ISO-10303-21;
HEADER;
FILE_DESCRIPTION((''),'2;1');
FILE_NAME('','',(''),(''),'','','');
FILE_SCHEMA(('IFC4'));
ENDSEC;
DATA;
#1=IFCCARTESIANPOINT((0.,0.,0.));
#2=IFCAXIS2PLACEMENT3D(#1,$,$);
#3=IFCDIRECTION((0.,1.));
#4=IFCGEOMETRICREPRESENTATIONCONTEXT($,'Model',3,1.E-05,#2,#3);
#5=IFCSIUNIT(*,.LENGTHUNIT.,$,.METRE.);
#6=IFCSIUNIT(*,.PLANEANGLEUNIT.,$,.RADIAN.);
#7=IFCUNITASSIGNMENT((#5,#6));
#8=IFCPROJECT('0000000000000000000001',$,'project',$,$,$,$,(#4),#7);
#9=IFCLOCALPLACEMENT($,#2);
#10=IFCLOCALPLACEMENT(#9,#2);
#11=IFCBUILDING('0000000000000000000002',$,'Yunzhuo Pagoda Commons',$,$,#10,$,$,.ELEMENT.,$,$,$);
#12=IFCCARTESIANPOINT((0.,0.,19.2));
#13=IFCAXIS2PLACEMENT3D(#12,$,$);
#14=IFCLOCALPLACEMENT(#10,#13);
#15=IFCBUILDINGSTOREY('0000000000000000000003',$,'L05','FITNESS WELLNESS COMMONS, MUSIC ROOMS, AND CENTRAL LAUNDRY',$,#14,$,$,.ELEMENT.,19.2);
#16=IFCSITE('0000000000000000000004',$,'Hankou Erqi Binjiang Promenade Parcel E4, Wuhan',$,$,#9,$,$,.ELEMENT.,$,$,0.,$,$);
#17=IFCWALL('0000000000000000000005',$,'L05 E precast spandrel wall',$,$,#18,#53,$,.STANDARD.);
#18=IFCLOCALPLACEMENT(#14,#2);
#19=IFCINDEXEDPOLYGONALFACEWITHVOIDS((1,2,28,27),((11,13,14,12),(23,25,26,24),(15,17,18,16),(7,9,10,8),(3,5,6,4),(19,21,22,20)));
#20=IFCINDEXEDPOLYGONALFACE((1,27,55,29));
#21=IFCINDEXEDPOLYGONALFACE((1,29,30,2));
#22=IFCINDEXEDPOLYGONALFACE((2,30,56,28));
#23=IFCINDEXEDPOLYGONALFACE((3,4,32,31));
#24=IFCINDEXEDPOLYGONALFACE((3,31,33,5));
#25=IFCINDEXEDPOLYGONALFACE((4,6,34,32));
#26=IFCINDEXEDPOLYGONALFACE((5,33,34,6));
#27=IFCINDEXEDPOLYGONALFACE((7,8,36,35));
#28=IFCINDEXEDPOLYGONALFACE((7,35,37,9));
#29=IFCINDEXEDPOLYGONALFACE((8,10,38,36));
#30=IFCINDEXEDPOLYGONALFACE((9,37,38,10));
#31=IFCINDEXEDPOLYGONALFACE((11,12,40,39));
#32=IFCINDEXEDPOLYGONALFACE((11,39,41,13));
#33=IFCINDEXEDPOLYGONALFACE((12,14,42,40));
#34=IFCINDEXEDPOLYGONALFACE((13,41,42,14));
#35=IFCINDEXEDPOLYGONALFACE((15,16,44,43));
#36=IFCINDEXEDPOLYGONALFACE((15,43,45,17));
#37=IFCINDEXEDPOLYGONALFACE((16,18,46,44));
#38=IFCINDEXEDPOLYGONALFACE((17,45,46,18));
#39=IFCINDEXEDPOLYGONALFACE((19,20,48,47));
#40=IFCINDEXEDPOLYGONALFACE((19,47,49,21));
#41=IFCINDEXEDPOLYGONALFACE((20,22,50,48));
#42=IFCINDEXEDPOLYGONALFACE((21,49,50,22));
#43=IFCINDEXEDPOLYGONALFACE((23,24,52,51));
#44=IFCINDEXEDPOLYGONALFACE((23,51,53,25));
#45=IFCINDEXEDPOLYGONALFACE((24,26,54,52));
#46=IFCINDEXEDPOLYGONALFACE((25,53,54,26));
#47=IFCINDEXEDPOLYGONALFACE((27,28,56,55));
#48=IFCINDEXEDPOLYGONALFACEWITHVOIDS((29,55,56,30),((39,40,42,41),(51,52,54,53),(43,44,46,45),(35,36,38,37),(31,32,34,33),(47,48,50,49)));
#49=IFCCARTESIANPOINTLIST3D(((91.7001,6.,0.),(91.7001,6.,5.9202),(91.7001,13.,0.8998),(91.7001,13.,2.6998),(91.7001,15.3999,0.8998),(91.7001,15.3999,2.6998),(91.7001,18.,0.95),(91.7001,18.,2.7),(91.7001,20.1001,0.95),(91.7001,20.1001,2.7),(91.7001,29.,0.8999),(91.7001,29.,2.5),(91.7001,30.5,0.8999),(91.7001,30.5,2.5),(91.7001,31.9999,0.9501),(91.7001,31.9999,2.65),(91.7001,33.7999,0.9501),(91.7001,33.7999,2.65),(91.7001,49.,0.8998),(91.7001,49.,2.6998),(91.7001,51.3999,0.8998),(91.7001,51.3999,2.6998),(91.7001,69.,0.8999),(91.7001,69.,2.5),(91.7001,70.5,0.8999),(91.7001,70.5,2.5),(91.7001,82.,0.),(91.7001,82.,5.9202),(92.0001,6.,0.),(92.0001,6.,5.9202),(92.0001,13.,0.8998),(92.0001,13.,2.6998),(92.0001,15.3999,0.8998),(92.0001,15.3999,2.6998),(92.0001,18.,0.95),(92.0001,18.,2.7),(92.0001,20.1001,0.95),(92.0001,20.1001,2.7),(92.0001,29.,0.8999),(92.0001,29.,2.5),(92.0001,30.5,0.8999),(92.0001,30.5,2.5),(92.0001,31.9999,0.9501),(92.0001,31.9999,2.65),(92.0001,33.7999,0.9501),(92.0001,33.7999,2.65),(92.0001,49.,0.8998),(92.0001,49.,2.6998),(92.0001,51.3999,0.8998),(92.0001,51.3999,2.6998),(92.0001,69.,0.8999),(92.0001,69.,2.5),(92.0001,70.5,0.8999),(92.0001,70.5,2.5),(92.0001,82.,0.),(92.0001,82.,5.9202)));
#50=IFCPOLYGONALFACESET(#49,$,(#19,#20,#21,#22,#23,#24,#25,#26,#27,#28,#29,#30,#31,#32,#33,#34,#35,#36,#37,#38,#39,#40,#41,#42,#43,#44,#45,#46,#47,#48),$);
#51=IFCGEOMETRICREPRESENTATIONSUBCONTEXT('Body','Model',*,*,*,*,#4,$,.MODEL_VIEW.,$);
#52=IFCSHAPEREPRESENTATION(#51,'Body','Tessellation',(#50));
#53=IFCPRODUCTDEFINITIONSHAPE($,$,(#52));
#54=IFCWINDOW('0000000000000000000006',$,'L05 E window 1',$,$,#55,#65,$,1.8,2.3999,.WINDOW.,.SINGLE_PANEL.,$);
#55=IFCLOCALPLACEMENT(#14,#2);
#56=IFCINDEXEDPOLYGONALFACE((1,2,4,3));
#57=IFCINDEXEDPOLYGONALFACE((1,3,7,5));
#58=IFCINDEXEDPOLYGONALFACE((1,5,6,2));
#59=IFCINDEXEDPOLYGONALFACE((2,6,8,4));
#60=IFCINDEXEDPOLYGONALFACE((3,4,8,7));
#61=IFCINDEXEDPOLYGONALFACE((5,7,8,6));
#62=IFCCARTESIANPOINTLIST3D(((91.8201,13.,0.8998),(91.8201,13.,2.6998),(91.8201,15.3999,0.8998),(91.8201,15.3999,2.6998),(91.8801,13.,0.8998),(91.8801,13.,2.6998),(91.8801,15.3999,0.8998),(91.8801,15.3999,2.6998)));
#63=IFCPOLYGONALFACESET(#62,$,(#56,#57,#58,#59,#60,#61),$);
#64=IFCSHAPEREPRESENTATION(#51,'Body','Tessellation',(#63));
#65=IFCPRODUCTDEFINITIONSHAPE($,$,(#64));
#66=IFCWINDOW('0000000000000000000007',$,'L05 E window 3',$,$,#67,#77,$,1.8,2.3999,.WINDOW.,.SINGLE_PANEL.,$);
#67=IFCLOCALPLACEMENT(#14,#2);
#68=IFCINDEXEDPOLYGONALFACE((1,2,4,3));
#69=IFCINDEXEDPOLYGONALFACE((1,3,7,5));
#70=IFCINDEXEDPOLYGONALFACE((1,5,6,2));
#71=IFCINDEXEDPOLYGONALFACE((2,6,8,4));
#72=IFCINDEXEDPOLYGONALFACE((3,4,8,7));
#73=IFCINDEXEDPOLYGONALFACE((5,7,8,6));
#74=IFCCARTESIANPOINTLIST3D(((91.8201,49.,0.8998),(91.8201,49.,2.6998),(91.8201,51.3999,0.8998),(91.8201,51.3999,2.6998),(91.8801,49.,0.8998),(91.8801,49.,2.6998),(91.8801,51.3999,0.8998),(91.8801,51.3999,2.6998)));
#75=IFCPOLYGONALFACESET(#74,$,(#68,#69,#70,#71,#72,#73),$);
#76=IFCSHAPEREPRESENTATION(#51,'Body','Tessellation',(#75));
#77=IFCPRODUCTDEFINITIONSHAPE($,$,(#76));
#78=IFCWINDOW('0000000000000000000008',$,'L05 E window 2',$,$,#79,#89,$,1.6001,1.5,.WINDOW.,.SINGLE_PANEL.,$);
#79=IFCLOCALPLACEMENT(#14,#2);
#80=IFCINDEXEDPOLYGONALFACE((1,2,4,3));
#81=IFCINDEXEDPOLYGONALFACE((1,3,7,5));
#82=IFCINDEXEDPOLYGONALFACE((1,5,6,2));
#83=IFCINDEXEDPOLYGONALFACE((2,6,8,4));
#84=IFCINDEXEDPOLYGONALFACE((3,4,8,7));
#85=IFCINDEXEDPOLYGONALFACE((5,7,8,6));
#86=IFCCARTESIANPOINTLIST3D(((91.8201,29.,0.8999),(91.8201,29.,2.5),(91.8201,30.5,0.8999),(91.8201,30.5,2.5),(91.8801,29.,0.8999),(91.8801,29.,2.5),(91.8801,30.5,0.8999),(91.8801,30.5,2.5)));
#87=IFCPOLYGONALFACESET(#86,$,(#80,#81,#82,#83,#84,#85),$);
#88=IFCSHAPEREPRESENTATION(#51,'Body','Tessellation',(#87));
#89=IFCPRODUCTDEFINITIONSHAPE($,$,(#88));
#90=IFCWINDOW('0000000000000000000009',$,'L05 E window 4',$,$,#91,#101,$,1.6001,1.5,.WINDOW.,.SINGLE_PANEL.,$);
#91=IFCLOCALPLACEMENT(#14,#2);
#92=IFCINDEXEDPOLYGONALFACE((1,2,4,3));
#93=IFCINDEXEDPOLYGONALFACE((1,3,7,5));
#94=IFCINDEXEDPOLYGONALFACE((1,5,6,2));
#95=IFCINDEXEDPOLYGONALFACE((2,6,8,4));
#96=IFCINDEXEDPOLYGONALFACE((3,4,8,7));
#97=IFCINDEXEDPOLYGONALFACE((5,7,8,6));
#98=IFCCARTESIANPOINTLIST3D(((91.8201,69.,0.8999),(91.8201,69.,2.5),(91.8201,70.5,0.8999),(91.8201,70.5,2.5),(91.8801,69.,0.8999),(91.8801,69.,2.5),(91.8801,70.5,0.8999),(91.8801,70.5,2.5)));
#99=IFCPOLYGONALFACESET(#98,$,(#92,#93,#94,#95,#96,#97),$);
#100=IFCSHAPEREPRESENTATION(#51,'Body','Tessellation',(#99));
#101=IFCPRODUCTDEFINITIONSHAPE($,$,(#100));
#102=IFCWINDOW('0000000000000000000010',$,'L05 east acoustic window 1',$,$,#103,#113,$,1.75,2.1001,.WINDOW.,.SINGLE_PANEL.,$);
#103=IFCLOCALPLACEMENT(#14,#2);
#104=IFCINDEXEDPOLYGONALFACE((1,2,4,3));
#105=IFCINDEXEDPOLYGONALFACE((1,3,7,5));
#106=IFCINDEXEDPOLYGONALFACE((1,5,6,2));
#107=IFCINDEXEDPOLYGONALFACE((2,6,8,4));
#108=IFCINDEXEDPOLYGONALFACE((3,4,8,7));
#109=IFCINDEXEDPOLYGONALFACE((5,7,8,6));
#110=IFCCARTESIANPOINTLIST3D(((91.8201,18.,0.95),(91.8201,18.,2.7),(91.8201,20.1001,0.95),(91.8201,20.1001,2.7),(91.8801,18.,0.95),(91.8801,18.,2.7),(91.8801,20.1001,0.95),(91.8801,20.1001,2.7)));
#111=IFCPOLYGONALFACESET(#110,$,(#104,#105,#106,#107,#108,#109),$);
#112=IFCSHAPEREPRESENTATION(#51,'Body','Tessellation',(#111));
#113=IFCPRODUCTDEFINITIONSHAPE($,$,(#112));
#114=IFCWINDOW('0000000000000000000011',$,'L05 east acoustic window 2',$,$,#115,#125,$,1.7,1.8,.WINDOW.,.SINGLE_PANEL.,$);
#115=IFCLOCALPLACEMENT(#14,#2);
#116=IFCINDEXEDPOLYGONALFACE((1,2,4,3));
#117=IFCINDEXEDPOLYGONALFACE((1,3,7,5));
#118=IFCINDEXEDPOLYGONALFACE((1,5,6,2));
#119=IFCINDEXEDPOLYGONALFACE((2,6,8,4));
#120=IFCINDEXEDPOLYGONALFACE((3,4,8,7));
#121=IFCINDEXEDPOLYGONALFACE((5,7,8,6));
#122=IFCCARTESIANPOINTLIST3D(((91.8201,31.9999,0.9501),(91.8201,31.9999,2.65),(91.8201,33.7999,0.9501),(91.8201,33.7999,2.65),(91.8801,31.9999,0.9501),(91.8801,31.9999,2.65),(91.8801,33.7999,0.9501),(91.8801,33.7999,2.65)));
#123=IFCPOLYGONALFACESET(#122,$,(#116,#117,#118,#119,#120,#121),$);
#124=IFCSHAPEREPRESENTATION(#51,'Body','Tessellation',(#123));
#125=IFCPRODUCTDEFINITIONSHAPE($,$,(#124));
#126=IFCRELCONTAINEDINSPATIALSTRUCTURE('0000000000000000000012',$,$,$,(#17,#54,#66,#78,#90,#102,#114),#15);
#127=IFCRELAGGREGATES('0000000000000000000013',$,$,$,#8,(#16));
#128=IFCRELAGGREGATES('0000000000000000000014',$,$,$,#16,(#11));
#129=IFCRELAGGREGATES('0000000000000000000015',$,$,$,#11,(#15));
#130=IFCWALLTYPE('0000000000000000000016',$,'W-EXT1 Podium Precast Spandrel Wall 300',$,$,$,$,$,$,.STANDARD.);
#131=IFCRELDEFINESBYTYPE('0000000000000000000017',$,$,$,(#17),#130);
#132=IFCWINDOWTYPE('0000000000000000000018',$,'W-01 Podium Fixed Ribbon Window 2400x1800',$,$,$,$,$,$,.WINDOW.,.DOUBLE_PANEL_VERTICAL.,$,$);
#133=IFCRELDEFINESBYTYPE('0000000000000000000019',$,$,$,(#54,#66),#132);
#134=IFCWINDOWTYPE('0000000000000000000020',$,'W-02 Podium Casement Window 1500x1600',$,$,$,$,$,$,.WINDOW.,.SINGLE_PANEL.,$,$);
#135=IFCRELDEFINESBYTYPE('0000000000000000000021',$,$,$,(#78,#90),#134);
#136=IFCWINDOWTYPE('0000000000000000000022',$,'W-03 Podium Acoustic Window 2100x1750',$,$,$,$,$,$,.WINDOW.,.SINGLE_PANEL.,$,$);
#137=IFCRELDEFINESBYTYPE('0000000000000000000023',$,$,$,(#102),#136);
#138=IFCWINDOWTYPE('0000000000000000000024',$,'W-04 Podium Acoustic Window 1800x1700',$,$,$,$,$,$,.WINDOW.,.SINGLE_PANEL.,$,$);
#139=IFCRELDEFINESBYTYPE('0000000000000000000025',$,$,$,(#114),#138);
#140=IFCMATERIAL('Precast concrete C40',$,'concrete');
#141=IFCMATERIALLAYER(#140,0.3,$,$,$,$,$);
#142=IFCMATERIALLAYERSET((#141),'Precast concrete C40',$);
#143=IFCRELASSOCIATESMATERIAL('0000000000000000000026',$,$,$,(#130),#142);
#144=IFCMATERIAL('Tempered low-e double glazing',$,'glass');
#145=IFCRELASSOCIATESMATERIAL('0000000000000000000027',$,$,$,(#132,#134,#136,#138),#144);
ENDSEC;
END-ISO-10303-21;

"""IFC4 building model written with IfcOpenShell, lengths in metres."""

from ifc_helpers import new_model, si_unit, direction, frame, frame_2d, origin, origin_with_axes, place, context, subcontext, project, spatial, rectangle, extrude, source, transform, mapped, material, layer, layer_set, type_object, element, fill, save


model = new_model("IFC4")

# Units and contexts
model_context = context("Model", 3, precision=1e-05, world=origin(), true_north=direction((0.0, 1.0)))
body_context = subcontext(model_context, "Body", "Model", "MODEL_VIEW")
ifc_project = project(units=[si_unit("LENGTHUNIT", "METRE"), si_unit("PLANEANGLEUNIT", "RADIAN")], contexts=[model_context])

# Site, building, storey
site_placement = place(None, origin())
site = spatial("IfcSite", under=ifc_project, at=site_placement, Name="Hankou Erqi Binjiang Promenade Parcel E4, Wuhan", CompositionType="ELEMENT", RefElevation=0.0)
building_placement = place(site_placement, origin())
building = spatial("IfcBuilding", under=site, at=building_placement, Name="Yunzhuo Pagoda Commons", CompositionType="ELEMENT")
storey_placement = place(building_placement, frame((0.0, 0.0, 19.2)))
storey = spatial("IfcBuildingStorey", under=building, at=storey_placement, Name="L05", Description="FITNESS WELLNESS COMMONS, MUSIC ROOMS, AND CENTRAL LAUNDRY", CompositionType="ELEMENT", Elevation=19.2)

# Shared definitions
ifc_material_1 = material(Name="Tempered low-e double glazing", Category="glass")

# Wall, openings, windows
ifc_material_2 = material(Name="Precast concrete C40", Category="concrete")
ifc_layer_1 = layer(ifc_material_2, 0.3)
ifc_layer_set_1 = layer_set([ifc_layer_1], Name="Precast concrete C40")
wall_type = type_object("IfcWallType", Name="W-EXT1 Podium Precast Spandrel Wall 300", PredefinedType="STANDARD", material=ifc_layer_set_1)
wall_placement = place(storey_placement, frame((91.8501, 6.0, 0.0), z_axis=(0.0, 0.0, 1.0), x_axis=(0.0, 1.0, 0.0)))
wall = element("IfcWall", 1, at=wall_placement, inside=storey, type_object=wall_type, Name="L05 E precast spandrel wall", PredefinedType="STANDARD", context=body_context, shape_type="SweptSolid", body=[
    extrude(rectangle(XDim=76.0, YDim=0.3, at=frame_2d((38.0, 0.0))), origin(), (0.0, 0.0, 1.0), 5.9202),
])
opening_1_placement = place(wall_placement, frame((7.0, 0.0, 0.8999)))
opening_1 = element("IfcOpeningElement", 2, at=opening_1_placement, cuts=wall, PredefinedType="OPENING", context=body_context, shape_type="SweptSolid", body=[
    extrude(rectangle(XDim=2.3999, YDim=1.8, at=frame_2d((1.2, 0.8999))), frame((0.0, 0.1602, 0.0), z_axis=(0.0, -1.0, 0.0), x_axis=(1.0, 0.0, 0.0)), (0.0, 0.0, 1.0), 0.3201),
])
opening_2_placement = place(wall_placement, frame((23.0, 0.0, 0.8999)))
opening_2 = element("IfcOpeningElement", 3, at=opening_2_placement, cuts=wall, PredefinedType="OPENING", context=body_context, shape_type="SweptSolid", body=[
    extrude(rectangle(XDim=1.5, YDim=1.6001, at=frame_2d((0.75, 0.8))), frame((0.0, 0.1602, 0.0), z_axis=(0.0, -1.0, 0.0), x_axis=(1.0, 0.0, 0.0)), (0.0, 0.0, 1.0), 0.3201),
])
opening_3_placement = place(wall_placement, frame((43.0, 0.0, 0.8999)))
opening_3 = element("IfcOpeningElement", 4, at=opening_3_placement, cuts=wall, PredefinedType="OPENING", context=body_context, shape_type="SweptSolid", body=[
    extrude(rectangle(XDim=2.3999, YDim=1.8, at=frame_2d((1.2, 0.8999))), frame((0.0, 0.1602, 0.0), z_axis=(0.0, -1.0, 0.0), x_axis=(1.0, 0.0, 0.0)), (0.0, 0.0, 1.0), 0.3201),
])
opening_4_placement = place(wall_placement, frame((63.0, 0.0, 0.8999)))
opening_4 = element("IfcOpeningElement", 5, at=opening_4_placement, cuts=wall, PredefinedType="OPENING", context=body_context, shape_type="SweptSolid", body=[
    extrude(rectangle(XDim=1.5, YDim=1.6001, at=frame_2d((0.75, 0.8))), frame((0.0, 0.1602, 0.0), z_axis=(0.0, -1.0, 0.0), x_axis=(1.0, 0.0, 0.0)), (0.0, 0.0, 1.0), 0.3201),
])
opening_5_placement = place(wall_placement, frame((12.0, 0.0, 0.95)))
opening_5 = element("IfcOpeningElement", 6, at=opening_5_placement, cuts=wall, PredefinedType="OPENING", context=body_context, shape_type="SweptSolid", body=[
    extrude(rectangle(XDim=2.1001, YDim=1.75, at=frame_2d((1.05, 0.875))), frame((0.0, 0.1602, 0.0), z_axis=(0.0, -1.0, 0.0), x_axis=(1.0, 0.0, 0.0)), (0.0, 0.0, 1.0), 0.3201),
])
opening_6_placement = place(wall_placement, frame((26.0, 0.0, 0.95)))
opening_6 = element("IfcOpeningElement", 7, at=opening_6_placement, cuts=wall, PredefinedType="OPENING", context=body_context, shape_type="SweptSolid", body=[
    extrude(rectangle(XDim=1.8, YDim=1.7, at=frame_2d((0.8999, 0.8501))), frame((0.0, 0.1602, 0.0), z_axis=(0.0, -1.0, 0.0), x_axis=(1.0, 0.0, 0.0)), (0.0, 0.0, 1.0), 0.3201),
])
window_type_1 = type_object("IfcWindowType", Name="W-01 Podium Fixed Ribbon Window 2400x1800", PartitioningType="DOUBLE_PANEL_VERTICAL", PredefinedType="WINDOW", material=ifc_material_1)
shared_shape_1 = source(origin(), body_context, "Body", "SweptSolid", [
    extrude(rectangle(XDim=2.3999, YDim=1.8, at=frame_2d((1.2, 0.8999))), frame((0.0, 0.03, 0.0), z_axis=(0.0, -1.0, 0.0), x_axis=(1.0, 0.0, 0.0)), (0.0, 0.0, 1.0), 0.0601),
])
window_1_placement = place(opening_1_placement, origin_with_axes())
window_1 = element("IfcWindow", 8, at=window_1_placement, inside=storey, type_object=window_type_1, Name="L05 E window 1", OverallHeight=1.8, OverallWidth=2.3999, PartitioningType="SINGLE_PANEL", PredefinedType="WINDOW", context=body_context, shape_type="MappedRepresentation", body=[
    mapped(shared_shape_1, transform((0.0, 0.0, 0.0), scale=1.0)),
])
fill(opening_1, window_1)
window_2_placement = place(opening_3_placement, origin_with_axes())
window_2 = element("IfcWindow", 9, at=window_2_placement, inside=storey, type_object=window_type_1, Name="L05 E window 3", OverallHeight=1.8, OverallWidth=2.3999, PartitioningType="SINGLE_PANEL", PredefinedType="WINDOW", context=body_context, shape_type="MappedRepresentation", body=[
    mapped(shared_shape_1, transform((0.0, 0.0, 0.0), scale=1.0)),
])
fill(opening_3, window_2)
window_type_2 = type_object("IfcWindowType", Name="W-02 Podium Casement Window 1500x1600", PartitioningType="SINGLE_PANEL", PredefinedType="WINDOW", material=ifc_material_1)
shared_shape_2 = source(origin(), body_context, "Body", "SweptSolid", [
    extrude(rectangle(XDim=1.5, YDim=1.6001, at=frame_2d((0.75, 0.8))), frame((0.0, 0.03, 0.0), z_axis=(0.0, -1.0, 0.0), x_axis=(1.0, 0.0, 0.0)), (0.0, 0.0, 1.0), 0.0601),
])
window_3_placement = place(opening_2_placement, origin_with_axes())
window_3 = element("IfcWindow", 10, at=window_3_placement, inside=storey, type_object=window_type_2, Name="L05 E window 2", OverallHeight=1.6001, OverallWidth=1.5, PartitioningType="SINGLE_PANEL", PredefinedType="WINDOW", context=body_context, shape_type="MappedRepresentation", body=[
    mapped(shared_shape_2, transform((0.0, 0.0, 0.0), scale=1.0)),
])
fill(opening_2, window_3)
window_4_placement = place(opening_4_placement, origin_with_axes())
window_4 = element("IfcWindow", 11, at=window_4_placement, inside=storey, type_object=window_type_2, Name="L05 E window 4", OverallHeight=1.6001, OverallWidth=1.5, PartitioningType="SINGLE_PANEL", PredefinedType="WINDOW", context=body_context, shape_type="MappedRepresentation", body=[
    mapped(shared_shape_2, transform((0.0, 0.0, 0.0), scale=1.0)),
])
fill(opening_4, window_4)
window_type_3 = type_object("IfcWindowType", Name="W-03 Podium Acoustic Window 2100x1750", PartitioningType="SINGLE_PANEL", PredefinedType="WINDOW", material=ifc_material_1)
shared_shape_3 = source(origin(), body_context, "Body", "SweptSolid", [
    extrude(rectangle(XDim=2.1001, YDim=1.75, at=frame_2d((1.05, 0.875))), frame((0.0, 0.03, 0.0), z_axis=(0.0, -1.0, 0.0), x_axis=(1.0, 0.0, 0.0)), (0.0, 0.0, 1.0), 0.0601),
])
window_5_placement = place(opening_5_placement, origin_with_axes())
window_5 = element("IfcWindow", 12, at=window_5_placement, inside=storey, type_object=window_type_3, Name="L05 east acoustic window 1", OverallHeight=1.75, OverallWidth=2.1001, PartitioningType="SINGLE_PANEL", PredefinedType="WINDOW", context=body_context, shape_type="MappedRepresentation", body=[
    mapped(shared_shape_3, transform((0.0, 0.0, 0.0), scale=1.0)),
])
fill(opening_5, window_5)
window_type_4 = type_object("IfcWindowType", Name="W-04 Podium Acoustic Window 1800x1700", PartitioningType="SINGLE_PANEL", PredefinedType="WINDOW", material=ifc_material_1)
shared_shape_4 = source(origin(), body_context, "Body", "SweptSolid", [
    extrude(rectangle(XDim=1.8, YDim=1.7, at=frame_2d((0.8999, 0.8501))), frame((0.0, 0.03, 0.0), z_axis=(0.0, -1.0, 0.0), x_axis=(1.0, 0.0, 0.0)), (0.0, 0.0, 1.0), 0.0601),
])
window_6_placement = place(opening_6_placement, origin_with_axes())
window_6 = element("IfcWindow", 13, at=window_6_placement, inside=storey, type_object=window_type_4, Name="L05 east acoustic window 2", OverallHeight=1.7, OverallWidth=1.8, PartitioningType="SINGLE_PANEL", PredefinedType="WINDOW", context=body_context, shape_type="MappedRepresentation", body=[
    mapped(shared_shape_4, transform((0.0, 0.0, 0.0), scale=1.0)),
])
fill(opening_6, window_6)

save(model, "model.ifc")
